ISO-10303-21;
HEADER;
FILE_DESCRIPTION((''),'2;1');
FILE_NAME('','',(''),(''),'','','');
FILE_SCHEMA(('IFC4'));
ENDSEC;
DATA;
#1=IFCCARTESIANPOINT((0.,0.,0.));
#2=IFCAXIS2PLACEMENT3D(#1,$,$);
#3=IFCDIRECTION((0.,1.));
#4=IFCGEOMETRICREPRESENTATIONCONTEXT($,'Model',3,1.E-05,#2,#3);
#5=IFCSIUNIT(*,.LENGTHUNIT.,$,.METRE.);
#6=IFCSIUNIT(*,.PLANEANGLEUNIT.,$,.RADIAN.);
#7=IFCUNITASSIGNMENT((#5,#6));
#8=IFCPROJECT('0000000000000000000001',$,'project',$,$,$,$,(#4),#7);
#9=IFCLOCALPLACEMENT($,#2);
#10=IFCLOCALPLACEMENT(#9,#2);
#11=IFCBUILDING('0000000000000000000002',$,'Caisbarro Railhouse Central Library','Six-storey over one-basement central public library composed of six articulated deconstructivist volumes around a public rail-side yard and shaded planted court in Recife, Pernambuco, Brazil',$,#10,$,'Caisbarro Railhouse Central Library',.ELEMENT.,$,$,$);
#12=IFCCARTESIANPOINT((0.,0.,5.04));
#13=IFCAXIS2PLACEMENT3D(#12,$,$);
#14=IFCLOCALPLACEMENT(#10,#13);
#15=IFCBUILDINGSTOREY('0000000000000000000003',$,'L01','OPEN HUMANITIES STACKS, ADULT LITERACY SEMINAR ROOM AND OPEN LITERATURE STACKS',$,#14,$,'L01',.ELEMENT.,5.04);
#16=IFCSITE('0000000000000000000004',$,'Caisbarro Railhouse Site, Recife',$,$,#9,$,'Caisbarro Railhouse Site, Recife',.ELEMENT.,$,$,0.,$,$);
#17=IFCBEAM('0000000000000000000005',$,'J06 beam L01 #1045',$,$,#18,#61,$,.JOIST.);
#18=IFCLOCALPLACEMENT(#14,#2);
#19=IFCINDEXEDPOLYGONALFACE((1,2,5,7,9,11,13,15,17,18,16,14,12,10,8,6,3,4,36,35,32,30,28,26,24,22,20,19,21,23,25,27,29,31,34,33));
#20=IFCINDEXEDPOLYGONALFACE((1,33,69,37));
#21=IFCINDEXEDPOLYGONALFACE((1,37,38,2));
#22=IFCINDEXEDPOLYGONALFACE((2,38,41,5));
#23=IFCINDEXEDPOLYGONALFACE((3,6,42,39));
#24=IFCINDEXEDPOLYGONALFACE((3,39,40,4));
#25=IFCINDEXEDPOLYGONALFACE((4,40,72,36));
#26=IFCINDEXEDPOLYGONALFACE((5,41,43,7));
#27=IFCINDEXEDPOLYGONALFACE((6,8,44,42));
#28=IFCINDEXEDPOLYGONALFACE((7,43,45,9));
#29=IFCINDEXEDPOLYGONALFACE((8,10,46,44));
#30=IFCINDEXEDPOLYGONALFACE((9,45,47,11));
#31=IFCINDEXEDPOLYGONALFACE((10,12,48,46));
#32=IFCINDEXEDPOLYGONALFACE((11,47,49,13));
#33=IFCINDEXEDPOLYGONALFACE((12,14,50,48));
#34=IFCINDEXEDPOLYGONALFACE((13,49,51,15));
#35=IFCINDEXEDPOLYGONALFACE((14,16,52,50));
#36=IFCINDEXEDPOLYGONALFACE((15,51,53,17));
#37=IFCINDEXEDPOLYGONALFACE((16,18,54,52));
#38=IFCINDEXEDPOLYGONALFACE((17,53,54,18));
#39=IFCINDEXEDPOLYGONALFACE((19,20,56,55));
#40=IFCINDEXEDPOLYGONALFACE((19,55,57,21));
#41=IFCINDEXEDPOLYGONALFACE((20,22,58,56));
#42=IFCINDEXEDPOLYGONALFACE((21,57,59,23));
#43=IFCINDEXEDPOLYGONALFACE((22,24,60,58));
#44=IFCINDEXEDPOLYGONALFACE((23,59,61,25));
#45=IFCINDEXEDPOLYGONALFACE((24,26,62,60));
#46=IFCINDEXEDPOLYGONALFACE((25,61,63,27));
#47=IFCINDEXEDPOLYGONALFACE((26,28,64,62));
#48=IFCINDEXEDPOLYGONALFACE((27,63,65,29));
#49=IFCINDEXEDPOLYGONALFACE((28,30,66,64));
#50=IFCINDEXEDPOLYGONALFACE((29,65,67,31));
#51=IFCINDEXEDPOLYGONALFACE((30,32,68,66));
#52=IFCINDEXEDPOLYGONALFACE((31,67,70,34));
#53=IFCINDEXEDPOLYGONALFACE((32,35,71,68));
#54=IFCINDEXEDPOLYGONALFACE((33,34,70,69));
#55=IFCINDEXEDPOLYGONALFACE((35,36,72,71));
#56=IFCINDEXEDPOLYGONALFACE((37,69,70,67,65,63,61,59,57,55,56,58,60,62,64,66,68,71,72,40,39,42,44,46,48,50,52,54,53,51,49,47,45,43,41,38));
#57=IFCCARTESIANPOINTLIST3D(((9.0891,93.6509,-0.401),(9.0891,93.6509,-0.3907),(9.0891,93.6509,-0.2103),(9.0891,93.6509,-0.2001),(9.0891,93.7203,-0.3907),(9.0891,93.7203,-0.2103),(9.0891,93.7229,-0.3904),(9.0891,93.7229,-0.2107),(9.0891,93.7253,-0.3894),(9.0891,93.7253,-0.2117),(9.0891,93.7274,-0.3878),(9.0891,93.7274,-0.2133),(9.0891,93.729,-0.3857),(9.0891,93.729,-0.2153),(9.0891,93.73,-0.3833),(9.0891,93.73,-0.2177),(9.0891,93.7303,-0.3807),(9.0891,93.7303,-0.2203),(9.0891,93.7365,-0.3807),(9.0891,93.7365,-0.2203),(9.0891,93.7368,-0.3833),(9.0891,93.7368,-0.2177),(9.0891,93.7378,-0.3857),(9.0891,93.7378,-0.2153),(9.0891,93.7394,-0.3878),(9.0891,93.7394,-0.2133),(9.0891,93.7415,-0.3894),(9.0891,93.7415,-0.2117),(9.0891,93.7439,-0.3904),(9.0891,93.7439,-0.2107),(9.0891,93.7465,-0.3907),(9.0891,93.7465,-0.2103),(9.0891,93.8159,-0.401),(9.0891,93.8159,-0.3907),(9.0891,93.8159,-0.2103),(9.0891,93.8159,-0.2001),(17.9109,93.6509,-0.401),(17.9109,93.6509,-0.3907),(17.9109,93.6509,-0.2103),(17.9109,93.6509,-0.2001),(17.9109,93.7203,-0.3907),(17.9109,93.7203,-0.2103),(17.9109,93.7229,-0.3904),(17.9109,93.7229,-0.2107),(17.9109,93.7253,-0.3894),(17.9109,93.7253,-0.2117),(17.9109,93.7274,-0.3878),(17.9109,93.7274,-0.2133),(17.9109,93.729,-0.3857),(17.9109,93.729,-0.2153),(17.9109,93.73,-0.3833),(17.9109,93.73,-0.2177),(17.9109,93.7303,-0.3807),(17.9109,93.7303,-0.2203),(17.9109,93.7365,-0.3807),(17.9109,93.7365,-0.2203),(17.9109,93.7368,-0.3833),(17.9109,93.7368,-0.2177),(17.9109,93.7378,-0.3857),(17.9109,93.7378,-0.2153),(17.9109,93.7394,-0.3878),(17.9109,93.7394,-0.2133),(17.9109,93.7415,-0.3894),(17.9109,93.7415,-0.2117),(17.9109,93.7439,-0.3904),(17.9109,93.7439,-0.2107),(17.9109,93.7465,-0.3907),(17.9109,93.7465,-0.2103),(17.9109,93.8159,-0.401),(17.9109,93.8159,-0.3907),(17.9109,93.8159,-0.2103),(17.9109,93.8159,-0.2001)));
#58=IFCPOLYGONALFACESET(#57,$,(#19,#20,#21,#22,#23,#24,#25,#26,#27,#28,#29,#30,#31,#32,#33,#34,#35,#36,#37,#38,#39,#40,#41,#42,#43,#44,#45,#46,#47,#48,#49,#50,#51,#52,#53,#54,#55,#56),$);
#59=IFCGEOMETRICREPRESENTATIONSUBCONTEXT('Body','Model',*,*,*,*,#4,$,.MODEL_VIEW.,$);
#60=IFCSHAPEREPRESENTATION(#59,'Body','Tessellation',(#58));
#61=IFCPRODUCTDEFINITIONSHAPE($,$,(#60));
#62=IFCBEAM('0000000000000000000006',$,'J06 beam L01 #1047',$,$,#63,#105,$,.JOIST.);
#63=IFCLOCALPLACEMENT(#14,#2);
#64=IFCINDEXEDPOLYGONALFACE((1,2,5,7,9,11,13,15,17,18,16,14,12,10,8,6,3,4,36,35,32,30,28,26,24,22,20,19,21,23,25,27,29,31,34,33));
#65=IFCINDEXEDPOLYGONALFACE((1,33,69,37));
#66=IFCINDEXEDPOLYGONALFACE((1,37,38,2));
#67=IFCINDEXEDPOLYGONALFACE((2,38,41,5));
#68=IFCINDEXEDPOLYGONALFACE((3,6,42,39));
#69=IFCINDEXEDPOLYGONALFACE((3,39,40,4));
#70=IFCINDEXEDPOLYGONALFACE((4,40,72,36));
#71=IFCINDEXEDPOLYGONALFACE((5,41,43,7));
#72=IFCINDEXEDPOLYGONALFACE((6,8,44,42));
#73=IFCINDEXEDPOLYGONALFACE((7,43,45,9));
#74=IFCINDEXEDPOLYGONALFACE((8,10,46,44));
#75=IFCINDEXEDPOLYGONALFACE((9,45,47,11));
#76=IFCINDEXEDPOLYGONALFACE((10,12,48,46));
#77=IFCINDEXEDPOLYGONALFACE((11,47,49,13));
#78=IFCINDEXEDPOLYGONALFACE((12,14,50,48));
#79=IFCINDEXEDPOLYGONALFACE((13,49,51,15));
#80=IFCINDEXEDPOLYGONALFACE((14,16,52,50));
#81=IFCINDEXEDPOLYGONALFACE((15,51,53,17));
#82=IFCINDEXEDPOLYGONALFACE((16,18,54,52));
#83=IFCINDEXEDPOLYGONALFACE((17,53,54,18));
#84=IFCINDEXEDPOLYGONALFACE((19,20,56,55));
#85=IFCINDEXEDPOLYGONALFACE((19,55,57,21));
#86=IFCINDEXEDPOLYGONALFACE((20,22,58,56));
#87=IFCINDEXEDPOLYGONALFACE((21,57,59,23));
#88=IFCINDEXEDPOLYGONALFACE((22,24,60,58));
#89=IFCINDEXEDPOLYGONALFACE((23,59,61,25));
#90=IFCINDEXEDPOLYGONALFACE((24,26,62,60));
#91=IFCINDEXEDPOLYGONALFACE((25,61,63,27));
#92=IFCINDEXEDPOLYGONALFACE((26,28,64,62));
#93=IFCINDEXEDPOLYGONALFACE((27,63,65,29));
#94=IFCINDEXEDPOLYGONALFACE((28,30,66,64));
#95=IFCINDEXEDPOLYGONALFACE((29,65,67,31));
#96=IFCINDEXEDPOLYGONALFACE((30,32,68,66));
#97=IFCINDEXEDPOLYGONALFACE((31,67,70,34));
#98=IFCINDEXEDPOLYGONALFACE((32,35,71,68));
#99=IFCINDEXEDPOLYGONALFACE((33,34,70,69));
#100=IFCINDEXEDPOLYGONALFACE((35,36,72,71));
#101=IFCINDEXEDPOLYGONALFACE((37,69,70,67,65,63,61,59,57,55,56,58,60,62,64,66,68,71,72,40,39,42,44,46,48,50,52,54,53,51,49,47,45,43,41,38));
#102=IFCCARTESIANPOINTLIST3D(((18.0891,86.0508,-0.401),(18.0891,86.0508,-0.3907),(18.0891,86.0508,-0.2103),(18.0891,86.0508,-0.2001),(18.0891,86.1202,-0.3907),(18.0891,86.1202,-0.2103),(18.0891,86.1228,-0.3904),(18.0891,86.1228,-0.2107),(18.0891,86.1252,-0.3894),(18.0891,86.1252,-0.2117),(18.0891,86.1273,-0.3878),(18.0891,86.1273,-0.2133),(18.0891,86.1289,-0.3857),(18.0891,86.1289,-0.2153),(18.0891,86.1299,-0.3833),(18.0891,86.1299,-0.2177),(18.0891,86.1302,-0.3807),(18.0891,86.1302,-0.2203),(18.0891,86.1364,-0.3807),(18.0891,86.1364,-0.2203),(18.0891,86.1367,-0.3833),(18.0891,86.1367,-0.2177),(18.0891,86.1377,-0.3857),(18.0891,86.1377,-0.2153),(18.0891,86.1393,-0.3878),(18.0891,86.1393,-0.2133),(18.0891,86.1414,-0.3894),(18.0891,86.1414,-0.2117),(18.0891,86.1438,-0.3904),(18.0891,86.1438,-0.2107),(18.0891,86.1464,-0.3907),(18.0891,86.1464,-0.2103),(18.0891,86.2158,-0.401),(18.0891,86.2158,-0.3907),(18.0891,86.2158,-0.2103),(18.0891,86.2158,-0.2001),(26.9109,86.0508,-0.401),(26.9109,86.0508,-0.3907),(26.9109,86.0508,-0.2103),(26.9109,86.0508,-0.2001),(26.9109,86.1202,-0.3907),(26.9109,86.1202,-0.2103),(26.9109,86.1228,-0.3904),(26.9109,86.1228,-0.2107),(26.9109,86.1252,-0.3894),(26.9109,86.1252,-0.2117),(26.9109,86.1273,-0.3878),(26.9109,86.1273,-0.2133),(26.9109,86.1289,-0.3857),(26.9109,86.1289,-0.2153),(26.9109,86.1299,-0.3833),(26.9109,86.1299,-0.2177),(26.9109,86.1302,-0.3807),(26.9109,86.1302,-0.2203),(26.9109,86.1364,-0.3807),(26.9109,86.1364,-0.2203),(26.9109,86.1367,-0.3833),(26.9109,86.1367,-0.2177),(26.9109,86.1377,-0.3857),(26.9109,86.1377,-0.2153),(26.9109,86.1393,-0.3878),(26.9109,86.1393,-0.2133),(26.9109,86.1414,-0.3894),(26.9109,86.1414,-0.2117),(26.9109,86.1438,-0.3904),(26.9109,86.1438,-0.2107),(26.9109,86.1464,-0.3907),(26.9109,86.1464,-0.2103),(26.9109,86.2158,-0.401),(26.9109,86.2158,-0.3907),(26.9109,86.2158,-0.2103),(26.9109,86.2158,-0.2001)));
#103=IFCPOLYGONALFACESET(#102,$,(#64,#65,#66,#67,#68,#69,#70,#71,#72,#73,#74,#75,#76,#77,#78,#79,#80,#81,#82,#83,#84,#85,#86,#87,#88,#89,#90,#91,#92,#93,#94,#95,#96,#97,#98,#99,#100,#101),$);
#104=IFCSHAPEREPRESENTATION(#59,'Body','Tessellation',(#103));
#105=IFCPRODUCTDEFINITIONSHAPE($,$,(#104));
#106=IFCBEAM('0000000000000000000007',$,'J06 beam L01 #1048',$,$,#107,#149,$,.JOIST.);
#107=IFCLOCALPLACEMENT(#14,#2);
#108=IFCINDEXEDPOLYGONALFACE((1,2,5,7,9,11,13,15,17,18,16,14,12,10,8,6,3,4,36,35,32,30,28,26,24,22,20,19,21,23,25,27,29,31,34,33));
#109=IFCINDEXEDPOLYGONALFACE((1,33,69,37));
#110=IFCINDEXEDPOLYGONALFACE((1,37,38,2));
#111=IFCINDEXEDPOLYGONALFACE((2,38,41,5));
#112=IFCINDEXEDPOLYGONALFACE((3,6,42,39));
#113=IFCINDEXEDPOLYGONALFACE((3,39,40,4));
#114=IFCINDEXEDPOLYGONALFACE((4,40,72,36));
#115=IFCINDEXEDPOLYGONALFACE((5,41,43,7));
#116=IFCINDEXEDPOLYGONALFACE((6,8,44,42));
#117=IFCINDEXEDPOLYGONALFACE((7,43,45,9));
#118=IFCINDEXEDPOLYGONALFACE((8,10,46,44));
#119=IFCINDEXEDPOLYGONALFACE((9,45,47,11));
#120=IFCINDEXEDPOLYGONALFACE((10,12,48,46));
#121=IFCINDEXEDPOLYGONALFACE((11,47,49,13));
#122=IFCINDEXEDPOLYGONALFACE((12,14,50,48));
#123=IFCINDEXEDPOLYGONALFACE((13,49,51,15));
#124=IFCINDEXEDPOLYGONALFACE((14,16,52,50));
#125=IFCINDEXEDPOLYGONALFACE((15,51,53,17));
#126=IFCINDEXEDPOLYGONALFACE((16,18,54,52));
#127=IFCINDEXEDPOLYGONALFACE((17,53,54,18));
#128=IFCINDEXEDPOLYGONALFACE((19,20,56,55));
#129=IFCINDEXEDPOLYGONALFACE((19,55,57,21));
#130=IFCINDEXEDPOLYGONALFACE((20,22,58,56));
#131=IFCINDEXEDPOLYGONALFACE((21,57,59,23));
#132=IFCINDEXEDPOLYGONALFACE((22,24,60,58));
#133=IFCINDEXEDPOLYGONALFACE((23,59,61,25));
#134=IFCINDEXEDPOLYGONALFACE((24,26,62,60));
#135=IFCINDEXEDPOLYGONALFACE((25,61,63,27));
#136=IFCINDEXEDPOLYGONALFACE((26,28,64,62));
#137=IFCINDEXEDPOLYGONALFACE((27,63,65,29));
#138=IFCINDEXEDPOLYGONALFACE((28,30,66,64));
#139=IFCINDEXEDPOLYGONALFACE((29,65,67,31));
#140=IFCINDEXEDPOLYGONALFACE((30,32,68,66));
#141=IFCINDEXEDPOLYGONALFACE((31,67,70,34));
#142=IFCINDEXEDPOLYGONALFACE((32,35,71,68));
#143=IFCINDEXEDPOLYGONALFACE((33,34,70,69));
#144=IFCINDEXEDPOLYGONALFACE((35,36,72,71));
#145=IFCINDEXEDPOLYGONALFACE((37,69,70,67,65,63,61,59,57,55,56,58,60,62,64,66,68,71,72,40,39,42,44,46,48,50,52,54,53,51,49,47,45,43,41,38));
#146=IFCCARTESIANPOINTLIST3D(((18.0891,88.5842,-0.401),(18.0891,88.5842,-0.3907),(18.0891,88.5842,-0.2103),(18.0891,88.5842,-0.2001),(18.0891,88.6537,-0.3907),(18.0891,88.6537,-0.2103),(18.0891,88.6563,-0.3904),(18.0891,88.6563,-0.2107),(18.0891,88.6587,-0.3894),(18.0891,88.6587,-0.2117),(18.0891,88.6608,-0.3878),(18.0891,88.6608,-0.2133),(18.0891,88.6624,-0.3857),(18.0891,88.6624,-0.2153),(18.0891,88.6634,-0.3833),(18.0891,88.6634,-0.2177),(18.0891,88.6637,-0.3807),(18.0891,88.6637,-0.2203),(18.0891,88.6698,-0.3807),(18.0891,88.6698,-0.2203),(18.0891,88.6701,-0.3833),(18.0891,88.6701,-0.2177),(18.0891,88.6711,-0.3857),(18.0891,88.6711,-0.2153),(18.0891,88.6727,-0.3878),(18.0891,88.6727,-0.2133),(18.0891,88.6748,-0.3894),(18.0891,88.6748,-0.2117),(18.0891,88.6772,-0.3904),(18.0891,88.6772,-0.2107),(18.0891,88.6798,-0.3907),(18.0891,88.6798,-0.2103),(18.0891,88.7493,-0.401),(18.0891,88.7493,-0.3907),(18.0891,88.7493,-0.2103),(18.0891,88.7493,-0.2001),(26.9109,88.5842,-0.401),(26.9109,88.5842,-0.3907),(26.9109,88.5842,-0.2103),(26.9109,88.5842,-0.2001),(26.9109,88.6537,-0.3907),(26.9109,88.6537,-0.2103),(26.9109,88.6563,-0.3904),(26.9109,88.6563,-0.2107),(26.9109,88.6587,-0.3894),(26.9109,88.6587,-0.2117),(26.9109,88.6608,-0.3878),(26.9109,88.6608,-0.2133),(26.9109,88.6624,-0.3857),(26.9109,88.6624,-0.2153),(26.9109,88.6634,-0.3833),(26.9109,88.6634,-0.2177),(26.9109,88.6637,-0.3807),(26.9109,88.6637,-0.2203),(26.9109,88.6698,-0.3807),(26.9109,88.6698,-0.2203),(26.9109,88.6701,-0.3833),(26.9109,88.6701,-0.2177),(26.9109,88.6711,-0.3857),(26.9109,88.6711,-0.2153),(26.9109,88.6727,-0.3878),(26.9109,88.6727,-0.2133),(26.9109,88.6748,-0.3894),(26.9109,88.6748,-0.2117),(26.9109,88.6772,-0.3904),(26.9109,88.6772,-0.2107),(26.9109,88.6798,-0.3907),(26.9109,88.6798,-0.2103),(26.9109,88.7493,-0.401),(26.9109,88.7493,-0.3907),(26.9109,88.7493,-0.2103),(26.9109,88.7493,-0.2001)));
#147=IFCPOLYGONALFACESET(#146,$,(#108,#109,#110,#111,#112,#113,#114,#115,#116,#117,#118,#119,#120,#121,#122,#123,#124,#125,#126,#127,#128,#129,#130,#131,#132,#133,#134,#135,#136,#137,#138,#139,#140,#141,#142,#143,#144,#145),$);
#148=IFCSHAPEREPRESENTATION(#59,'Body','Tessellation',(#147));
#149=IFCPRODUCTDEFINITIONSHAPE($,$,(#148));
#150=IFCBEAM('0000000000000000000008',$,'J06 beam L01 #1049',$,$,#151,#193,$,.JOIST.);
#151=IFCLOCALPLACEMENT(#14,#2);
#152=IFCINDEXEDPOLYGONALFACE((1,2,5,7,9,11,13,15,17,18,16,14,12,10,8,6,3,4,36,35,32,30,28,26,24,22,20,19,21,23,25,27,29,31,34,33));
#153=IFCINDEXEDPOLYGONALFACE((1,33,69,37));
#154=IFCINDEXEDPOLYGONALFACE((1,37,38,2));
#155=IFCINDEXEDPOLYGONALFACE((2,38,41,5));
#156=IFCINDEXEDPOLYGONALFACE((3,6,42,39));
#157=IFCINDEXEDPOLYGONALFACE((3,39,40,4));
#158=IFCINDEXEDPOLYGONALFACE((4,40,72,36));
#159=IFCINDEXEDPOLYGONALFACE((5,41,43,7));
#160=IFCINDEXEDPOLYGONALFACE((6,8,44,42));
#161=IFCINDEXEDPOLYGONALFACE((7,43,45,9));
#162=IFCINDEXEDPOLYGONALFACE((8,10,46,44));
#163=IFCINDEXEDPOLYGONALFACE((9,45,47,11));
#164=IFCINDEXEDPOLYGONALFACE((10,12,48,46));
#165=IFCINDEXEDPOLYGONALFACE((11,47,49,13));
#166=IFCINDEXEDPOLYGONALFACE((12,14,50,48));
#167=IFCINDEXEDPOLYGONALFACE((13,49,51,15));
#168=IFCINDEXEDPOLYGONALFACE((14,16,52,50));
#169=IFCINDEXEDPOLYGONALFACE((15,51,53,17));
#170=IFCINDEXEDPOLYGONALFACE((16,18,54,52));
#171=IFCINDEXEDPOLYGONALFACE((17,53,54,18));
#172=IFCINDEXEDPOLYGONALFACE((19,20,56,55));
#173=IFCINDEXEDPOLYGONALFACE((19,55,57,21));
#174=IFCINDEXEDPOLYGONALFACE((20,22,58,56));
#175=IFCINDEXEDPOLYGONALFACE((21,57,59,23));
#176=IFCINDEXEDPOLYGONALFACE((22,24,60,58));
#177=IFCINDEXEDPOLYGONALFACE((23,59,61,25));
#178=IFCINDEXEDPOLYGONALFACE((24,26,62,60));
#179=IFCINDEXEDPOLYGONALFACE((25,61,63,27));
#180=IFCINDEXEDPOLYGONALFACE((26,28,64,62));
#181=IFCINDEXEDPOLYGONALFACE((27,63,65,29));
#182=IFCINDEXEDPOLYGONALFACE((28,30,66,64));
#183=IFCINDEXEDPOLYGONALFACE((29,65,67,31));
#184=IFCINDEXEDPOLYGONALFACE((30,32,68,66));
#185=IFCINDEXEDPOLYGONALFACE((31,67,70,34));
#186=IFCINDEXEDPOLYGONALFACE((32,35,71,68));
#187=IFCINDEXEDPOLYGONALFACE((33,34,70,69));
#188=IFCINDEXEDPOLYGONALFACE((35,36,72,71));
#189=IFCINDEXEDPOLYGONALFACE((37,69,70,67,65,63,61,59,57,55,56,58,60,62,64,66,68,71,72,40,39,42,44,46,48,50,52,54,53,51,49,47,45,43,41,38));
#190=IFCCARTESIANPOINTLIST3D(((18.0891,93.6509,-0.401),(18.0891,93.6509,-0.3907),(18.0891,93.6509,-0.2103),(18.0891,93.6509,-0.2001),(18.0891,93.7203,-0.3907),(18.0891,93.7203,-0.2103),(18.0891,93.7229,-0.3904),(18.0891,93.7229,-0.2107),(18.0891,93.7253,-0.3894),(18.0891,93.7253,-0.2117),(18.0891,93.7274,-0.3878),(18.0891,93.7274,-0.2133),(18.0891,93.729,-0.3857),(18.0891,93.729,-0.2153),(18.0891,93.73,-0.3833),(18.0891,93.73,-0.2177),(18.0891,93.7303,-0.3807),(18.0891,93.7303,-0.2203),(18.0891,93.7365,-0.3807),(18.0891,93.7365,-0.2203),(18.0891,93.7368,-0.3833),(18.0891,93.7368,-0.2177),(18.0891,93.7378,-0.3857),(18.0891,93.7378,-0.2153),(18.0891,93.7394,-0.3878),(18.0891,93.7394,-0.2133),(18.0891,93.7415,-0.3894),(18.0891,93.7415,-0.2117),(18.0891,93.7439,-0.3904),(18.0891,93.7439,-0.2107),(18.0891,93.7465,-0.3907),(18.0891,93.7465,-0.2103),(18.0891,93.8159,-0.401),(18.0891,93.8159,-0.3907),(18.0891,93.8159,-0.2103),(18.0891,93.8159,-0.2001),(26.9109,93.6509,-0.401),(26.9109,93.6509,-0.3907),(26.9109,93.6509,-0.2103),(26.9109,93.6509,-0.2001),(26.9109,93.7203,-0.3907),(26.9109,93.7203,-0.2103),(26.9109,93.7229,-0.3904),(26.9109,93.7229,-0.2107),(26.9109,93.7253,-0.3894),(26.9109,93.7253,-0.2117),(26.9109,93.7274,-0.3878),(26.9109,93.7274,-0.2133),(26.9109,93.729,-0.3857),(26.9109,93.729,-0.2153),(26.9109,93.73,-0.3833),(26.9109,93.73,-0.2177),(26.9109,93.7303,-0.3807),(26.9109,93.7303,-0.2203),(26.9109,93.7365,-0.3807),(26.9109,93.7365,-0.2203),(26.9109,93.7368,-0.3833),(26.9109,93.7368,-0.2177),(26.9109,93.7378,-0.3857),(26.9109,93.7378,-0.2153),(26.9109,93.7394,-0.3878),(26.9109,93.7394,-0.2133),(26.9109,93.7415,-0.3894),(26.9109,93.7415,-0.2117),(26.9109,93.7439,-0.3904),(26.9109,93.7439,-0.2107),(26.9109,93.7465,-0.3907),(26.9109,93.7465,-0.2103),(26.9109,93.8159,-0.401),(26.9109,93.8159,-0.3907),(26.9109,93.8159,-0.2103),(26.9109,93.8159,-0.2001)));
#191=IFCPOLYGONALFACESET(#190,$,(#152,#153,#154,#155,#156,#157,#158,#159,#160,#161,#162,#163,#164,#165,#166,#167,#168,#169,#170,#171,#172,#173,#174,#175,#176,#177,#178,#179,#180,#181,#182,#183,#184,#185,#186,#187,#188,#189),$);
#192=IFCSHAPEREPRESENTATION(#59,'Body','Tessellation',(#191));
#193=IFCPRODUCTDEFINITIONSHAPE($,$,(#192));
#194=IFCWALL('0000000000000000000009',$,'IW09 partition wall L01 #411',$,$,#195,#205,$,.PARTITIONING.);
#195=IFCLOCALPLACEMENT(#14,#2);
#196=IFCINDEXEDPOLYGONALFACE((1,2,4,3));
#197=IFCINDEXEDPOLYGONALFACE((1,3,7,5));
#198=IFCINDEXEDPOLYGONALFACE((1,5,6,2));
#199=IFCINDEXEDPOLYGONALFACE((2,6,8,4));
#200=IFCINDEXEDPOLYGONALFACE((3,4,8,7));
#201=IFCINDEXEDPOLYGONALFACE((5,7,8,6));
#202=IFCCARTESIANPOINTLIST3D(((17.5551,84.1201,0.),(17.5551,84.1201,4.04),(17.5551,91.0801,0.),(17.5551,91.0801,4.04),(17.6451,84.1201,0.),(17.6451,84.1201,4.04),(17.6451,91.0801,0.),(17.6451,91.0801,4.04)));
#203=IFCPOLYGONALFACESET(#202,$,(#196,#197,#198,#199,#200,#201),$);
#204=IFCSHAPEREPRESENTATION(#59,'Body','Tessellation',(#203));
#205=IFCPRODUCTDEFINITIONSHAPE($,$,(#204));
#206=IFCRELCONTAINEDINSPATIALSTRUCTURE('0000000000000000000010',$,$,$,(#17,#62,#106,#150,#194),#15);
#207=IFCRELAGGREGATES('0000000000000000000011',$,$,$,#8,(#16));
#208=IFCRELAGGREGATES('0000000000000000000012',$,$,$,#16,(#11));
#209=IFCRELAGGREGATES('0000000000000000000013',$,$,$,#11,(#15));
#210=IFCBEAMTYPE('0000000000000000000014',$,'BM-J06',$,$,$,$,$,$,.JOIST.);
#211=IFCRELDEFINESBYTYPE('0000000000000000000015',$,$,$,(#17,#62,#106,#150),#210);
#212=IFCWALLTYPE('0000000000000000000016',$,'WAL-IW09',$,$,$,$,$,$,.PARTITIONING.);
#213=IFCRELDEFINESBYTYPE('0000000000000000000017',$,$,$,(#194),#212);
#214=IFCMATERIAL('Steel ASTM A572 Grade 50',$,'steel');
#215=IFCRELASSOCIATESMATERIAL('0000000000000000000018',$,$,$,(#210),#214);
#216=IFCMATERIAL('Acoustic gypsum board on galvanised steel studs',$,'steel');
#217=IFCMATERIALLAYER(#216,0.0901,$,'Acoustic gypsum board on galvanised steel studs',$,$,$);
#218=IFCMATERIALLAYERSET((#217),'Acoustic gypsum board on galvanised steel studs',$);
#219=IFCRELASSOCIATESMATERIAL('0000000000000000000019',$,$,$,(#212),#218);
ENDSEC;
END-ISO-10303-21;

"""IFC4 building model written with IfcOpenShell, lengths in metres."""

from ifc_helpers import new_model, si_unit, direction, frame, frame_2d, origin, origin_2d, place, context, subcontext, project, spatial, rectangle, i_section, extrude, material, layer, layer_set, material_profile, profile_set, type_object, element, save


model = new_model("IFC4")

# Units and contexts
model_context = context("Model", 3, precision=1e-05, world=origin(), true_north=direction((0.0, 1.0)))
body_context = subcontext(model_context, "Body", "Model", "MODEL_VIEW")
ifc_project = project(units=[si_unit("LENGTHUNIT", "METRE"), si_unit("PLANEANGLEUNIT", "RADIAN")], contexts=[model_context])

# Site, building, storey
site_placement = place(None, origin())
site = spatial("IfcSite", under=ifc_project, at=site_placement, Name="Caisbarro Railhouse Site, Recife", LongName="Caisbarro Railhouse Site, Recife", CompositionType="ELEMENT", RefElevation=0.0)
building_placement = place(site_placement, origin())
building = spatial("IfcBuilding", under=site, at=building_placement, Name="Caisbarro Railhouse Central Library", Description="Six-storey over one-basement central public library composed of six articulated deconstructivist volumes around a public rail-side yard and shaded planted court in Recife, Pernambuco, Brazil", LongName="Caisbarro Railhouse Central Library", CompositionType="ELEMENT")
storey_placement = place(building_placement, frame((0.0, 0.0, 5.04)))
storey = spatial("IfcBuildingStorey", under=building, at=storey_placement, Name="L01", Description="OPEN HUMANITIES STACKS, ADULT LITERACY SEMINAR ROOM AND OPEN LITERATURE STACKS", LongName="L01", CompositionType="ELEMENT", Elevation=5.04)

# Shared definitions
ifc_material_1 = material(Name="Steel ASTM A572 Grade 50", Category="steel")

# Beams
ifc_material_profile_1 = material_profile(ifc_material_1, i_section(OverallWidth=0.165, OverallDepth=0.2009, WebThickness=0.0061, FlangeThickness=0.0103, FilletRadius=0.01, at=origin_2d()), Name="W200X35.9")
ifc_profile_set_1 = profile_set([ifc_material_profile_1], Name="Steel ASTM A572 Grade 50")
beam_type_1 = type_object("IfcBeamType", Name="BM-J06", PredefinedType="JOIST", material=ifc_profile_set_1)
for number, where, z_axis, x_axis, name in (
    (1, (9.0891, 93.7334, -0.3005), (1.0, 0.0, 0.0), (0.0, 1.0, 0.0), "J06 beam L01 #1045"),
    (2, (18.0891, 86.1333, -0.3005), (1.0, 0.0, 0.0), (0.0, 1.0, 0.0), "J06 beam L01 #1047"),
    (3, (18.0891, 88.6667, -0.3005), (1.0, 0.0, 0.0), (0.0, 1.0, 0.0), "J06 beam L01 #1048"),
    (4, (18.0891, 93.7334, -0.3005), (1.0, 0.0, 0.0), (0.0, 1.0, 0.0), "J06 beam L01 #1049"),
):
    element("IfcBeam", number, at=place(storey_placement, frame(where, z_axis=z_axis, x_axis=x_axis)), inside=storey, type_object=beam_type_1, Name=name, PredefinedType="JOIST", context=body_context, shape_type="SweptSolid", body=[
        extrude(i_section(OverallWidth=0.165, OverallDepth=0.2009, WebThickness=0.0061, FlangeThickness=0.0103, FilletRadius=0.01, at=origin_2d()), origin(), (0.0, 0.0, 1.0), 8.8218),
    ])

# Wall
ifc_material_2 = material(Name="Acoustic gypsum board on galvanised steel studs", Category="steel")
ifc_layer_1 = layer(ifc_material_2, 0.0901, Name="Acoustic gypsum board on galvanised steel studs")
ifc_layer_set_1 = layer_set([ifc_layer_1], Name="Acoustic gypsum board on galvanised steel studs")
wall_type_1 = type_object("IfcWallType", Name="WAL-IW09", PredefinedType="PARTITIONING", material=ifc_layer_set_1)
wall_1_placement = place(storey_placement, frame((17.6001, 84.1201, 0.0), z_axis=(0.0, 0.0, 1.0), x_axis=(0.0, 1.0, 0.0)))
element("IfcWall", 5, at=wall_1_placement, inside=storey, type_object=wall_type_1, Name="IW09 partition wall L01 #411", PredefinedType="PARTITIONING", context=body_context, shape_type="SweptSolid", body=[
    extrude(rectangle(XDim=6.96, YDim=0.0901, at=frame_2d((3.48, 0.0))), origin(), (0.0, 0.0, 1.0), 4.04),
])

save(model, "model.ifc")
